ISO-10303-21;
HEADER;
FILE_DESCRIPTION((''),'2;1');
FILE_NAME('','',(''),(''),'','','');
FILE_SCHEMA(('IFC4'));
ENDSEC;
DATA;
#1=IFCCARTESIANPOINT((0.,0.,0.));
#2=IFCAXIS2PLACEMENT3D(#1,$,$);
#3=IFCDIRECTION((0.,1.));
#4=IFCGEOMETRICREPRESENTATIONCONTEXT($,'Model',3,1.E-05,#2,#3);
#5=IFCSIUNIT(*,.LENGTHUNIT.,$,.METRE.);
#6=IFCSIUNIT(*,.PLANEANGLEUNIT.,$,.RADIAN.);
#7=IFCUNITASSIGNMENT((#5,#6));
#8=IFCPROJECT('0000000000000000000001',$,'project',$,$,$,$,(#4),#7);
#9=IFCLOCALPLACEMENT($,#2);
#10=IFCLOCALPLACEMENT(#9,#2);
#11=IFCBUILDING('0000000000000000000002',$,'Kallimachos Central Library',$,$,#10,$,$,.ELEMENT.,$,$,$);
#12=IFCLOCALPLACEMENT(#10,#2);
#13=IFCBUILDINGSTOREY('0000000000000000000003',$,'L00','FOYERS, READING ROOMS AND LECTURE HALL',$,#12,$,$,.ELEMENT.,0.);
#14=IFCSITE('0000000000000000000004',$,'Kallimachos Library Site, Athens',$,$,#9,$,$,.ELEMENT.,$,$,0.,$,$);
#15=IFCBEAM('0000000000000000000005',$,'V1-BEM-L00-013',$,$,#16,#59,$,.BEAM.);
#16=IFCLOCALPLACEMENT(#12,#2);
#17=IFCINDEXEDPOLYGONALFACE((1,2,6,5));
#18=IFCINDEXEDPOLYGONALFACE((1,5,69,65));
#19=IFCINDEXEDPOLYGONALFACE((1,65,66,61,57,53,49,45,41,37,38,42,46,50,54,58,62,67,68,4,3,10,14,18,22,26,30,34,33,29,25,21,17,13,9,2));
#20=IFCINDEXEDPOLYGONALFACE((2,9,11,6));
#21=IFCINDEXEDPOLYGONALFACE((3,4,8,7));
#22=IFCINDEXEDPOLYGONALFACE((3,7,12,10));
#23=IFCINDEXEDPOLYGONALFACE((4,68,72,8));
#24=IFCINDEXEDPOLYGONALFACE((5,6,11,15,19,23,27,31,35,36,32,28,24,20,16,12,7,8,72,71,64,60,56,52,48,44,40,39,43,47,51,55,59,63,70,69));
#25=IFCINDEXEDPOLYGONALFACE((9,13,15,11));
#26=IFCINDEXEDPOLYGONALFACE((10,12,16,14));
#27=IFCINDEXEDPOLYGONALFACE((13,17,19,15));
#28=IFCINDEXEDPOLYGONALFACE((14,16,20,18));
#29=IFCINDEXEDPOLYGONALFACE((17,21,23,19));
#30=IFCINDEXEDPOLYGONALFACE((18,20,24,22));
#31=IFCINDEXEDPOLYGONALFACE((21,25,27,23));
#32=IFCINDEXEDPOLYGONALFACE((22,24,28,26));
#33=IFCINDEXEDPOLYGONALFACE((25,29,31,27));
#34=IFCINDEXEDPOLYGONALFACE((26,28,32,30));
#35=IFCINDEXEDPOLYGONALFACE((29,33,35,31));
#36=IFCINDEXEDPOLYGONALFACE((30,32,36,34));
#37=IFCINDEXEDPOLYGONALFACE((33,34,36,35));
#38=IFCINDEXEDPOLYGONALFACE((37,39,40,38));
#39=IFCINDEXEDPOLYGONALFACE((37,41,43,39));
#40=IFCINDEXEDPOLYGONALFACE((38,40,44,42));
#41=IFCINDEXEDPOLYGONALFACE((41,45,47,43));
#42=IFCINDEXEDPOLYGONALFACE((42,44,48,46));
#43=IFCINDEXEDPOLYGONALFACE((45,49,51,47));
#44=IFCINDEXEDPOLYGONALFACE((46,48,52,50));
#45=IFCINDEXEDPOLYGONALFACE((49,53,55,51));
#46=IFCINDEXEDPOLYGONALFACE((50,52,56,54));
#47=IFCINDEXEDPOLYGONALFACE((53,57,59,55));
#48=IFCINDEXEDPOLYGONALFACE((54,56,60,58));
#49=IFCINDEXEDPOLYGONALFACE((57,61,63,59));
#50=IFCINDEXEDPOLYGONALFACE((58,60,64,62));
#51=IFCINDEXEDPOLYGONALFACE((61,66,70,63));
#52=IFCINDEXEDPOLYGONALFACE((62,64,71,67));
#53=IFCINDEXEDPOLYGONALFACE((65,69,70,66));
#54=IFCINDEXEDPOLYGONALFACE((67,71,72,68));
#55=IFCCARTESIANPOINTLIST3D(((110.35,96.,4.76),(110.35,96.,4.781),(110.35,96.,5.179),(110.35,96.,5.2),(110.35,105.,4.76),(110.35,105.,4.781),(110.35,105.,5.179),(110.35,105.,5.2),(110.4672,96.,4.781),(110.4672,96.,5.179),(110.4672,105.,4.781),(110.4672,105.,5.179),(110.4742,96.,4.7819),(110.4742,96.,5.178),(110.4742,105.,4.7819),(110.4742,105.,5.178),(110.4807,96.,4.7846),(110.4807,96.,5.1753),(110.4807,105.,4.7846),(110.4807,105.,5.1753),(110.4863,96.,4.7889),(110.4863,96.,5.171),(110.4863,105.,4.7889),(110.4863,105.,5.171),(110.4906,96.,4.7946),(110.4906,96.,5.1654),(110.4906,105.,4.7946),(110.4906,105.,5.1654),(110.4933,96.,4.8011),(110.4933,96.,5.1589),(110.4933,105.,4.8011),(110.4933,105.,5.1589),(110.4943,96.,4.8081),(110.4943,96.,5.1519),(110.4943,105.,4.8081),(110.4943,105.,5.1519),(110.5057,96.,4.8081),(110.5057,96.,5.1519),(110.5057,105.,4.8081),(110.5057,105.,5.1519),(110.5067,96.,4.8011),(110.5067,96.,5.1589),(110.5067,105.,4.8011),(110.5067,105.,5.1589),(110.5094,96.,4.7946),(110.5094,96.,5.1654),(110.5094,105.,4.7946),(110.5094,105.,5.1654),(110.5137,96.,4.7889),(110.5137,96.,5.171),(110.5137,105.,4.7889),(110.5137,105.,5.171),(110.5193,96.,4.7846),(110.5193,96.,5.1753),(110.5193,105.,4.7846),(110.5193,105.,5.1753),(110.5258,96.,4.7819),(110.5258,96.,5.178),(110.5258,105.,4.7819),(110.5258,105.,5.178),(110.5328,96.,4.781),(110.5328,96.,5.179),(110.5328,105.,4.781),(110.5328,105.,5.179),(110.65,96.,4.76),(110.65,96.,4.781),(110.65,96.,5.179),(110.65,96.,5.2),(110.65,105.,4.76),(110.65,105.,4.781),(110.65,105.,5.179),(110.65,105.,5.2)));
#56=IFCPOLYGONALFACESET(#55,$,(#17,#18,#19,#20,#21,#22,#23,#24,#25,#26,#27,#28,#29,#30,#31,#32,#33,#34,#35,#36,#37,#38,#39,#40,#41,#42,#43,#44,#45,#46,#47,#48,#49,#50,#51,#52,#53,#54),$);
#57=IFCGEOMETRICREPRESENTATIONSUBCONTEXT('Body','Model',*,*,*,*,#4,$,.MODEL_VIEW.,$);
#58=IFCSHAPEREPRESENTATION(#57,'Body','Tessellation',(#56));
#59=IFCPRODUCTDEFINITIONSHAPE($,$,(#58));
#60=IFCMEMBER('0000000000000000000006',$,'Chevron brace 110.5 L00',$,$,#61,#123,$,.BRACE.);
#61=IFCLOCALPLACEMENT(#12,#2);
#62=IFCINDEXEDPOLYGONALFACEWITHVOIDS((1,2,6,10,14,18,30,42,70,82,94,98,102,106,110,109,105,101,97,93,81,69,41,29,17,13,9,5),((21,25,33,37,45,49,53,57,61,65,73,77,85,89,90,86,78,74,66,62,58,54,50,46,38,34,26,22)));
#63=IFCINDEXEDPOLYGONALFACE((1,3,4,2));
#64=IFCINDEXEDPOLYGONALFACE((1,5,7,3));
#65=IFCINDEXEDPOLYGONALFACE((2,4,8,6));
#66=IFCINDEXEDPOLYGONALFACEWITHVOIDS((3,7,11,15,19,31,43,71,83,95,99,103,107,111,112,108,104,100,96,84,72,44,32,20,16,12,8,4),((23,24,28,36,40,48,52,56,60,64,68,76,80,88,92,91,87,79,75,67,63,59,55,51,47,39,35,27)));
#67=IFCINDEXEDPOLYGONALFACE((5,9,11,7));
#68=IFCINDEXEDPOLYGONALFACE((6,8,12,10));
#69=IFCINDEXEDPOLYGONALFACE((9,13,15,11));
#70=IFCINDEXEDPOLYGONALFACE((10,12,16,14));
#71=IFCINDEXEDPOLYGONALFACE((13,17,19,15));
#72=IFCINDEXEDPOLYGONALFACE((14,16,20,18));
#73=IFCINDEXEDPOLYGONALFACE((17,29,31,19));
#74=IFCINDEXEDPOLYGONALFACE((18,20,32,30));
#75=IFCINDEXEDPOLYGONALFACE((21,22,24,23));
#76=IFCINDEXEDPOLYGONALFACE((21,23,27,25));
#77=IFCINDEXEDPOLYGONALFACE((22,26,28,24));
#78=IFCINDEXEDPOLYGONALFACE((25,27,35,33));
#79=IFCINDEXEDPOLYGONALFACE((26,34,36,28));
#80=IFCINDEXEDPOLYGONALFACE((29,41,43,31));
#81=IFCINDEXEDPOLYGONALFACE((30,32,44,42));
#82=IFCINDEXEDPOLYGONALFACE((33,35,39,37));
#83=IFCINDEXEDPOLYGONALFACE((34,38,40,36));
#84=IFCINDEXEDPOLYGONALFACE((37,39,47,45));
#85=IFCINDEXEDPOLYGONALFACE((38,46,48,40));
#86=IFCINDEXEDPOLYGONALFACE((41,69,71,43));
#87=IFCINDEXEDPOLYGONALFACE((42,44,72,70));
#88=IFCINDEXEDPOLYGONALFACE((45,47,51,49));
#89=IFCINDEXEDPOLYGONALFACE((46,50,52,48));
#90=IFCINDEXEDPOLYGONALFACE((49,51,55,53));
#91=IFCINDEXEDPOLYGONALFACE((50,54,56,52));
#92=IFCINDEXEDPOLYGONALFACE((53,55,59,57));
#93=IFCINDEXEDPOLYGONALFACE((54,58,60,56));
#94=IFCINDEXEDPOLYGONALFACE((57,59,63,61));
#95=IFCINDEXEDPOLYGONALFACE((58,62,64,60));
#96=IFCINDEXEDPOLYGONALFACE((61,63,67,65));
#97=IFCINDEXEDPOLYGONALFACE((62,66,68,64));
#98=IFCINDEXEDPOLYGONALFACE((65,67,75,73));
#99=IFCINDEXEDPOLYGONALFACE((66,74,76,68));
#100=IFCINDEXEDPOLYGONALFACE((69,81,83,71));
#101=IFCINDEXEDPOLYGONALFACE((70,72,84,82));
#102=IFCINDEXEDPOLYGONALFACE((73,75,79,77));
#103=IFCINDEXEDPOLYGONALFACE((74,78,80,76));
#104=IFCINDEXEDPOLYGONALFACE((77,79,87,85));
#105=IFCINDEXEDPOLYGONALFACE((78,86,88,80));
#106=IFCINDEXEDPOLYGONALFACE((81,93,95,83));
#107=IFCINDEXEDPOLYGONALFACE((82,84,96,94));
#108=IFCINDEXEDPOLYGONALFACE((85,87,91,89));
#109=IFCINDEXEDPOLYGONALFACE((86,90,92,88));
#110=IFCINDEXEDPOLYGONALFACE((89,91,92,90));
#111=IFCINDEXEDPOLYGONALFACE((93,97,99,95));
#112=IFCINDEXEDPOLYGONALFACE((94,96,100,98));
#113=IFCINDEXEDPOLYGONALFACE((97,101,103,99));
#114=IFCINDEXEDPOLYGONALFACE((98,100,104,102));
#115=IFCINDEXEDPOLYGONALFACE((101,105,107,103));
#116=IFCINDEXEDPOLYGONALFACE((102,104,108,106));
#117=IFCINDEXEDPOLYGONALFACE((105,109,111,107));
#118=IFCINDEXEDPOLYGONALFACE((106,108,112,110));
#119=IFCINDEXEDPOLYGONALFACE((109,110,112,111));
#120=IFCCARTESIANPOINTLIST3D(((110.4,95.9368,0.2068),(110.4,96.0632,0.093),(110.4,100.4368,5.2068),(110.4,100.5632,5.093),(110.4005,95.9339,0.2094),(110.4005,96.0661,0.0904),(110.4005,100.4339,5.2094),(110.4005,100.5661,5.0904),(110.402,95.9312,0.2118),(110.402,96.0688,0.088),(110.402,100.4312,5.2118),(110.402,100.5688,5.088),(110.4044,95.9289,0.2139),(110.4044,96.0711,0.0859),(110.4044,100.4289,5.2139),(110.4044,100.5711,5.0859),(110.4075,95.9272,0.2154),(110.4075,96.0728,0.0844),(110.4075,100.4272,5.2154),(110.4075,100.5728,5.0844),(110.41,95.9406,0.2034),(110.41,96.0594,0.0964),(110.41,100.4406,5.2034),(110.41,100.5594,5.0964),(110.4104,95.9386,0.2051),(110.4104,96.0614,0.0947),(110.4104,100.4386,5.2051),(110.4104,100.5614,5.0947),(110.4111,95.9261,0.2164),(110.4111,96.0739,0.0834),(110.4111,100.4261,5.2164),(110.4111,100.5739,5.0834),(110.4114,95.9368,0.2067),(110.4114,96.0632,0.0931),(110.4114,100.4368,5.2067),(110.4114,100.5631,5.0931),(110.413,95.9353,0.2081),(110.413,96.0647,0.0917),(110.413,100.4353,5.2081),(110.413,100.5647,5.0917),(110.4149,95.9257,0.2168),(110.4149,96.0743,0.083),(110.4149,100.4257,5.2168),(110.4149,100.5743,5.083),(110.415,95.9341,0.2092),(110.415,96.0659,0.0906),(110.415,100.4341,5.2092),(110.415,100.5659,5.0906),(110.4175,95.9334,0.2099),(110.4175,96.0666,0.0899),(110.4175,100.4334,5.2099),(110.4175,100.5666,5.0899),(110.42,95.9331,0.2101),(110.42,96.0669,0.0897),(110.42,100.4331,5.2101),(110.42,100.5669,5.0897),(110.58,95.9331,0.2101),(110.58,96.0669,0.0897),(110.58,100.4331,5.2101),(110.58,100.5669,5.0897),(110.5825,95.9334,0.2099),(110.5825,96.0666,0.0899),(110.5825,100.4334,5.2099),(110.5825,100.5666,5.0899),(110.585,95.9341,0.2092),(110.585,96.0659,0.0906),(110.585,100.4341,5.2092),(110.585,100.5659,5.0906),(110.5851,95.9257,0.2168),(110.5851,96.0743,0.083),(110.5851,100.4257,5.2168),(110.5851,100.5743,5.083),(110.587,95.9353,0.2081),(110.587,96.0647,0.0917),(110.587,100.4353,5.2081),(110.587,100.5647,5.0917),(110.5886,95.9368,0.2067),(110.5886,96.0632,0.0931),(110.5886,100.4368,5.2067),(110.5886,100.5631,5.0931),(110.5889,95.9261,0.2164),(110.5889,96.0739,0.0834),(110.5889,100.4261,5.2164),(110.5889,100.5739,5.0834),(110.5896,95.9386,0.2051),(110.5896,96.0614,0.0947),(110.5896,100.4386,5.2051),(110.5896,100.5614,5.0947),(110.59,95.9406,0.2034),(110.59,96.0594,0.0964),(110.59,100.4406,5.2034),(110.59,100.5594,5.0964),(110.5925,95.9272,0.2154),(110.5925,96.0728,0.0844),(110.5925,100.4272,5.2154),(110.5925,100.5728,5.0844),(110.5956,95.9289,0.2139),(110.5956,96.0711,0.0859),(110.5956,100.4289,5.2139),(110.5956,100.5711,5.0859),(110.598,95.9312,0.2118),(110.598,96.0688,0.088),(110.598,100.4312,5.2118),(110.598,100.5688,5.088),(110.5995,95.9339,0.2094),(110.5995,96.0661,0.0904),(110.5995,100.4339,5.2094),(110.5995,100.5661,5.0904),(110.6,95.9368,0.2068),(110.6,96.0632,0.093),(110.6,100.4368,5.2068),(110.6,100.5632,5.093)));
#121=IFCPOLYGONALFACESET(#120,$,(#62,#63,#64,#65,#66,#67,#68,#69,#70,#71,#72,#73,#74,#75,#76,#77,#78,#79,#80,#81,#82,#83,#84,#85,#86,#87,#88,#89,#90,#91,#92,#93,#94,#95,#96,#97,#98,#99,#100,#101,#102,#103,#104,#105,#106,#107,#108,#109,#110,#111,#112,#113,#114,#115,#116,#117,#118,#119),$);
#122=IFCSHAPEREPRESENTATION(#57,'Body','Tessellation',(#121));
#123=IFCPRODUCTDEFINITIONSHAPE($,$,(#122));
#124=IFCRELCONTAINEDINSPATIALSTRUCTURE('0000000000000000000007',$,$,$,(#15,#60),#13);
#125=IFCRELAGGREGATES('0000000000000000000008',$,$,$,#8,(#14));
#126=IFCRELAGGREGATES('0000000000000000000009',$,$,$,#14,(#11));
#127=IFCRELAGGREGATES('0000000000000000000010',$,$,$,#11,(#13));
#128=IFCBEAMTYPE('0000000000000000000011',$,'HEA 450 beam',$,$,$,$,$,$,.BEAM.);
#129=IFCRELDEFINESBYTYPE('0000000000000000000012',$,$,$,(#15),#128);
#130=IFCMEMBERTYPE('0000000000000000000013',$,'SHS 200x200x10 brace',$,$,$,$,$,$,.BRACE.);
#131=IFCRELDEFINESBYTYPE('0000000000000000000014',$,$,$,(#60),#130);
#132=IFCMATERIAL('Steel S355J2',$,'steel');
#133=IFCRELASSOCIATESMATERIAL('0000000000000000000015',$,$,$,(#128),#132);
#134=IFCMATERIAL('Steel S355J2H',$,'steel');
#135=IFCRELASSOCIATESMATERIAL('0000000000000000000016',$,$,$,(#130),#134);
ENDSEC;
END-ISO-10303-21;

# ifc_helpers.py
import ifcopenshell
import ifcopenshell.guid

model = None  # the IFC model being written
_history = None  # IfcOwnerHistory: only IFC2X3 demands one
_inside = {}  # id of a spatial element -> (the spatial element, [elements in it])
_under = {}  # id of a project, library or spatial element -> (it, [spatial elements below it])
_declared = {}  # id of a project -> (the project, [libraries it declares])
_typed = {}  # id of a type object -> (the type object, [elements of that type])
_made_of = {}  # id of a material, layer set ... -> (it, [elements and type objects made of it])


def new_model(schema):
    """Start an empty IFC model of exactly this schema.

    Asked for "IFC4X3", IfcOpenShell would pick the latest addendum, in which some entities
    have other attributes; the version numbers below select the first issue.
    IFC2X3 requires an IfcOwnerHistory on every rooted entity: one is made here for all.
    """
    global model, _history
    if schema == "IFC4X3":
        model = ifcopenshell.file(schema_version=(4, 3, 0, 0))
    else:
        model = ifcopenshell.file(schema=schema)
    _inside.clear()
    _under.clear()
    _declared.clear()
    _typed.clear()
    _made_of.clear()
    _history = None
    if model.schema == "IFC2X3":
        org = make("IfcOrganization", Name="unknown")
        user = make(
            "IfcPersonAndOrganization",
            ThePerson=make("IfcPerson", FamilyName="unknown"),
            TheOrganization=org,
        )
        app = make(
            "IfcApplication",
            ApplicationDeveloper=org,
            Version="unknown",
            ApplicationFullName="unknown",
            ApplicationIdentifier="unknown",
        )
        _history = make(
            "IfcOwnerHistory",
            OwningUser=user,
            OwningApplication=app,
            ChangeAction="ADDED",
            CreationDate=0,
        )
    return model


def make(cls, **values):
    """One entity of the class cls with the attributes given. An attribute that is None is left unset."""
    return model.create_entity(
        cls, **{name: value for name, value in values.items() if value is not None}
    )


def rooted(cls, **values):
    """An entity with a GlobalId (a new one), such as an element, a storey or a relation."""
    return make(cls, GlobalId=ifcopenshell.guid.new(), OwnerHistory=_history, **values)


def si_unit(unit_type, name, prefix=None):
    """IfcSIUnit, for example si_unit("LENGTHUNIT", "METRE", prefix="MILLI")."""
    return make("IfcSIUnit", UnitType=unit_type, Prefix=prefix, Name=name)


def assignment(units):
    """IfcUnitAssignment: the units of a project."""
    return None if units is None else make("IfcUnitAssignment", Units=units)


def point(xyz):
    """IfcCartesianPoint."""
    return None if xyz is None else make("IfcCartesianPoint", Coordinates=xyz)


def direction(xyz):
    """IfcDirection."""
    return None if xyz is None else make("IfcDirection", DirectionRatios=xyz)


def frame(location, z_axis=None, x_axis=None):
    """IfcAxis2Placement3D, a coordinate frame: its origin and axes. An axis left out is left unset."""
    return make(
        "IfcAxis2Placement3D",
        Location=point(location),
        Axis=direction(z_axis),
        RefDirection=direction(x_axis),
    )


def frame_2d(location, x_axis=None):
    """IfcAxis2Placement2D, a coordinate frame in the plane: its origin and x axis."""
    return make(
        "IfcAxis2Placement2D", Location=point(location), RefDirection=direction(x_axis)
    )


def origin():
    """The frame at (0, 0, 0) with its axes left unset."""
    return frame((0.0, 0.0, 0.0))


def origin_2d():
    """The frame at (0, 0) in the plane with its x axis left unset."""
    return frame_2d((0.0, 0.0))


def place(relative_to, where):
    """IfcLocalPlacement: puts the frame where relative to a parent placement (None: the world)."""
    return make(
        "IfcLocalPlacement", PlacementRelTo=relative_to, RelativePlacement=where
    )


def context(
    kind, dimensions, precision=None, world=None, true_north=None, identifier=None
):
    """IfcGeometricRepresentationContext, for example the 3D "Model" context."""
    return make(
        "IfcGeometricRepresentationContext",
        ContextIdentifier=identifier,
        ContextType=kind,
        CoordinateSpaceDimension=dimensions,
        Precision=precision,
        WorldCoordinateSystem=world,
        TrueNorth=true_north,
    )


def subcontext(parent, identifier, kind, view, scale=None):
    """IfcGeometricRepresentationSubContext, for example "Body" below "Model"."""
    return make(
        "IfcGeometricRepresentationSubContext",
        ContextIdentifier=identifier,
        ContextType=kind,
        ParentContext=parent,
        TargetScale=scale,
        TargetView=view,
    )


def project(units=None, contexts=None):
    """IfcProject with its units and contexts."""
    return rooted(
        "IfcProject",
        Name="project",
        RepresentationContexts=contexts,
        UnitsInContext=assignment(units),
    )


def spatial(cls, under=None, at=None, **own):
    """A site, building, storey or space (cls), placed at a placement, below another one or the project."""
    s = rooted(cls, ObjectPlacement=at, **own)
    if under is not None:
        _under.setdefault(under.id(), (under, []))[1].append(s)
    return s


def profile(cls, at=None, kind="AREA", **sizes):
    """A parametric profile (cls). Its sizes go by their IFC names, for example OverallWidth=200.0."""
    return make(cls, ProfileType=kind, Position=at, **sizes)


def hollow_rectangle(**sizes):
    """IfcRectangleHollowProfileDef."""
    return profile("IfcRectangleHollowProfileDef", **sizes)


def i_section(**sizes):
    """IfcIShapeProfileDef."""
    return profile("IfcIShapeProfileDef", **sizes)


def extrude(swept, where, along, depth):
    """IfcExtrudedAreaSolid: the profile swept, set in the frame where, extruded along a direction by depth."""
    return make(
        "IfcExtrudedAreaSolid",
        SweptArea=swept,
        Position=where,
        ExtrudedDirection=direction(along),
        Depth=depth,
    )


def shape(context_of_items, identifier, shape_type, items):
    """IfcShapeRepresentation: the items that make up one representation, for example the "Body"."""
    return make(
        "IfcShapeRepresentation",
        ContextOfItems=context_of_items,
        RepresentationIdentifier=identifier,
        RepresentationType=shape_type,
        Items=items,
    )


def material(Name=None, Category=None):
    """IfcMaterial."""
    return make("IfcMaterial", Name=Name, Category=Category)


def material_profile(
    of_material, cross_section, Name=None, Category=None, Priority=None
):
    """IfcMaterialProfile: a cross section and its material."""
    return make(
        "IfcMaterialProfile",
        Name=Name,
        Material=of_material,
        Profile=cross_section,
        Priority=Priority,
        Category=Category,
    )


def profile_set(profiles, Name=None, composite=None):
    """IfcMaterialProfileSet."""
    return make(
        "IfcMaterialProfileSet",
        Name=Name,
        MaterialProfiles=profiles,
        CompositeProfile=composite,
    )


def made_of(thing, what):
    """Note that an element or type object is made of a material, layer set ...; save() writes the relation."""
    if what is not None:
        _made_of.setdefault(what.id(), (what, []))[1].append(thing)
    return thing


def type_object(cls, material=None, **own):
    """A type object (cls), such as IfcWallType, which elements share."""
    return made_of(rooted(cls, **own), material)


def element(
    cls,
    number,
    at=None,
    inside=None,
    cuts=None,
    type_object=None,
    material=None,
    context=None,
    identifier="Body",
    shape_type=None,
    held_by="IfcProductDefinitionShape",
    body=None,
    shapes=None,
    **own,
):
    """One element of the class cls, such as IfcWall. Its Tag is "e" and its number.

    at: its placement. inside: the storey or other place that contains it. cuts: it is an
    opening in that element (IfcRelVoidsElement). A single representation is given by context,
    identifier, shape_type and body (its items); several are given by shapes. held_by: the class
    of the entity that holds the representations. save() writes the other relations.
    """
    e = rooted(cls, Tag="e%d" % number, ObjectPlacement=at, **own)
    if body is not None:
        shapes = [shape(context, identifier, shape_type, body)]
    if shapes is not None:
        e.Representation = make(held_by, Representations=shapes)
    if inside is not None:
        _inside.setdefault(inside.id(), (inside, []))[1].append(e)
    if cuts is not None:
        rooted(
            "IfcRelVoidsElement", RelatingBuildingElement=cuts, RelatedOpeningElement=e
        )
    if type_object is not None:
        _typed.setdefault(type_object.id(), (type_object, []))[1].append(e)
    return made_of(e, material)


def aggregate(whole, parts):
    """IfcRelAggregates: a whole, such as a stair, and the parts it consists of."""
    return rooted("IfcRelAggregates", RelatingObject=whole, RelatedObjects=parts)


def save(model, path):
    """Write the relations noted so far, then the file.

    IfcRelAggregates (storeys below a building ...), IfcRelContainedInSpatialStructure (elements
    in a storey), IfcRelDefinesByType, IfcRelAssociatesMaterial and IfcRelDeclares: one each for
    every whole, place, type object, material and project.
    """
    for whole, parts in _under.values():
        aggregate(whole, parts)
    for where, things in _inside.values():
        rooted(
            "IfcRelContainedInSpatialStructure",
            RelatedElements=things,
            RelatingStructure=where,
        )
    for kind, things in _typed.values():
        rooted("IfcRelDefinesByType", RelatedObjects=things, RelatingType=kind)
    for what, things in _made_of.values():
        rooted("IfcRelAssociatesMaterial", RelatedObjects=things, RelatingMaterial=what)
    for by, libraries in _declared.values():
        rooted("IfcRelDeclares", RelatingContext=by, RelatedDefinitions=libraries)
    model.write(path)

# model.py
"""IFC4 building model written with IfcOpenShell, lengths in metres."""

from ifc_helpers import new_model, si_unit, direction, frame, origin, origin_2d, place, context, subcontext, project, spatial, hollow_rectangle, i_section, extrude, material, material_profile, profile_set, type_object, element, save


model = new_model("IFC4")

# Units and contexts
model_context = context("Model", 3, precision=1e-05, world=origin(), true_north=direction((0.0, 1.0)))
body_context = subcontext(model_context, "Body", "Model", "MODEL_VIEW")
ifc_project = project(units=[si_unit("LENGTHUNIT", "METRE"), si_unit("PLANEANGLEUNIT", "RADIAN")], contexts=[model_context])

# Site, building, storey
site_placement = place(None, origin())
site = spatial("IfcSite", under=ifc_project, at=site_placement, Name="Kallimachos Library Site, Athens", CompositionType="ELEMENT", RefElevation=0.0)
building_placement = place(site_placement, origin())
building = spatial("IfcBuilding", under=site, at=building_placement, Name="Kallimachos Central Library", CompositionType="ELEMENT")
storey_placement = place(building_placement, origin())
storey = spatial("IfcBuildingStorey", under=building, at=storey_placement, Name="L00", Description="FOYERS, READING ROOMS AND LECTURE HALL", CompositionType="ELEMENT", Elevation=0.0)

# Beam
ifc_material_1 = material(Name="Steel S355J2", Category="steel")
ifc_material_profile_1 = material_profile(ifc_material_1, i_section(OverallWidth=0.3, OverallDepth=0.4399, WebThickness=0.0115, FlangeThickness=0.021, FilletRadius=0.0271, at=origin_2d()), Name="HEA 450")
ifc_profile_set_1 = profile_set([ifc_material_profile_1], Name="Steel S355J2")
beam_type = type_object("IfcBeamType", Name="HEA 450 beam", PredefinedType="BEAM", material=ifc_profile_set_1)
beam_placement = place(storey_placement, frame((110.5, 96.0, 4.98), z_axis=(0.0, 1.0, 0.0), x_axis=(-1.0, 0.0, 0.0)))
element("IfcBeam", 1, at=beam_placement, inside=storey, type_object=beam_type, Name="V1-BEM-L00-013", PredefinedType="BEAM", context=body_context, shape_type="SweptSolid", body=[
    extrude(i_section(OverallWidth=0.3, OverallDepth=0.4399, WebThickness=0.0115, FlangeThickness=0.021, FilletRadius=0.0271, at=origin_2d()), origin(), (0.0, 0.0, 1.0), 9.0),
])

# Member
ifc_material_2 = material(Name="Steel S355J2H", Category="steel")
ifc_material_profile_2 = material_profile(ifc_material_2, hollow_rectangle(XDim=0.2, YDim=0.2, WallThickness=0.01, InnerFilletRadius=0.01, OuterFilletRadius=0.0149, at=origin_2d()), Name="SHS 200x200x10")
ifc_profile_set_2 = profile_set([ifc_material_profile_2], Name="Steel S355J2H")
member_type = type_object("IfcMemberType", Name="SHS 200x200x10 brace", PredefinedType="BRACE", material=ifc_profile_set_2)
member_placement = place(storey_placement, frame((110.5, 96.0, 0.1499), z_axis=(0.0, 0.668965, 0.743294), x_axis=(-1.0, 0.0, 0.0)))
element("IfcMember", 2, at=member_placement, inside=storey, type_object=member_type, Name="Chevron brace 110.5 L00", PredefinedType="BRACE", context=body_context, shape_type="SweptSolid", body=[
    extrude(hollow_rectangle(XDim=0.2, YDim=0.2, WallThickness=0.01, InnerFilletRadius=0.01, OuterFilletRadius=0.0149, at=origin_2d()), origin(), (0.0, 0.0, 1.0), 6.7268),
])

save(model, "model.ifc")
